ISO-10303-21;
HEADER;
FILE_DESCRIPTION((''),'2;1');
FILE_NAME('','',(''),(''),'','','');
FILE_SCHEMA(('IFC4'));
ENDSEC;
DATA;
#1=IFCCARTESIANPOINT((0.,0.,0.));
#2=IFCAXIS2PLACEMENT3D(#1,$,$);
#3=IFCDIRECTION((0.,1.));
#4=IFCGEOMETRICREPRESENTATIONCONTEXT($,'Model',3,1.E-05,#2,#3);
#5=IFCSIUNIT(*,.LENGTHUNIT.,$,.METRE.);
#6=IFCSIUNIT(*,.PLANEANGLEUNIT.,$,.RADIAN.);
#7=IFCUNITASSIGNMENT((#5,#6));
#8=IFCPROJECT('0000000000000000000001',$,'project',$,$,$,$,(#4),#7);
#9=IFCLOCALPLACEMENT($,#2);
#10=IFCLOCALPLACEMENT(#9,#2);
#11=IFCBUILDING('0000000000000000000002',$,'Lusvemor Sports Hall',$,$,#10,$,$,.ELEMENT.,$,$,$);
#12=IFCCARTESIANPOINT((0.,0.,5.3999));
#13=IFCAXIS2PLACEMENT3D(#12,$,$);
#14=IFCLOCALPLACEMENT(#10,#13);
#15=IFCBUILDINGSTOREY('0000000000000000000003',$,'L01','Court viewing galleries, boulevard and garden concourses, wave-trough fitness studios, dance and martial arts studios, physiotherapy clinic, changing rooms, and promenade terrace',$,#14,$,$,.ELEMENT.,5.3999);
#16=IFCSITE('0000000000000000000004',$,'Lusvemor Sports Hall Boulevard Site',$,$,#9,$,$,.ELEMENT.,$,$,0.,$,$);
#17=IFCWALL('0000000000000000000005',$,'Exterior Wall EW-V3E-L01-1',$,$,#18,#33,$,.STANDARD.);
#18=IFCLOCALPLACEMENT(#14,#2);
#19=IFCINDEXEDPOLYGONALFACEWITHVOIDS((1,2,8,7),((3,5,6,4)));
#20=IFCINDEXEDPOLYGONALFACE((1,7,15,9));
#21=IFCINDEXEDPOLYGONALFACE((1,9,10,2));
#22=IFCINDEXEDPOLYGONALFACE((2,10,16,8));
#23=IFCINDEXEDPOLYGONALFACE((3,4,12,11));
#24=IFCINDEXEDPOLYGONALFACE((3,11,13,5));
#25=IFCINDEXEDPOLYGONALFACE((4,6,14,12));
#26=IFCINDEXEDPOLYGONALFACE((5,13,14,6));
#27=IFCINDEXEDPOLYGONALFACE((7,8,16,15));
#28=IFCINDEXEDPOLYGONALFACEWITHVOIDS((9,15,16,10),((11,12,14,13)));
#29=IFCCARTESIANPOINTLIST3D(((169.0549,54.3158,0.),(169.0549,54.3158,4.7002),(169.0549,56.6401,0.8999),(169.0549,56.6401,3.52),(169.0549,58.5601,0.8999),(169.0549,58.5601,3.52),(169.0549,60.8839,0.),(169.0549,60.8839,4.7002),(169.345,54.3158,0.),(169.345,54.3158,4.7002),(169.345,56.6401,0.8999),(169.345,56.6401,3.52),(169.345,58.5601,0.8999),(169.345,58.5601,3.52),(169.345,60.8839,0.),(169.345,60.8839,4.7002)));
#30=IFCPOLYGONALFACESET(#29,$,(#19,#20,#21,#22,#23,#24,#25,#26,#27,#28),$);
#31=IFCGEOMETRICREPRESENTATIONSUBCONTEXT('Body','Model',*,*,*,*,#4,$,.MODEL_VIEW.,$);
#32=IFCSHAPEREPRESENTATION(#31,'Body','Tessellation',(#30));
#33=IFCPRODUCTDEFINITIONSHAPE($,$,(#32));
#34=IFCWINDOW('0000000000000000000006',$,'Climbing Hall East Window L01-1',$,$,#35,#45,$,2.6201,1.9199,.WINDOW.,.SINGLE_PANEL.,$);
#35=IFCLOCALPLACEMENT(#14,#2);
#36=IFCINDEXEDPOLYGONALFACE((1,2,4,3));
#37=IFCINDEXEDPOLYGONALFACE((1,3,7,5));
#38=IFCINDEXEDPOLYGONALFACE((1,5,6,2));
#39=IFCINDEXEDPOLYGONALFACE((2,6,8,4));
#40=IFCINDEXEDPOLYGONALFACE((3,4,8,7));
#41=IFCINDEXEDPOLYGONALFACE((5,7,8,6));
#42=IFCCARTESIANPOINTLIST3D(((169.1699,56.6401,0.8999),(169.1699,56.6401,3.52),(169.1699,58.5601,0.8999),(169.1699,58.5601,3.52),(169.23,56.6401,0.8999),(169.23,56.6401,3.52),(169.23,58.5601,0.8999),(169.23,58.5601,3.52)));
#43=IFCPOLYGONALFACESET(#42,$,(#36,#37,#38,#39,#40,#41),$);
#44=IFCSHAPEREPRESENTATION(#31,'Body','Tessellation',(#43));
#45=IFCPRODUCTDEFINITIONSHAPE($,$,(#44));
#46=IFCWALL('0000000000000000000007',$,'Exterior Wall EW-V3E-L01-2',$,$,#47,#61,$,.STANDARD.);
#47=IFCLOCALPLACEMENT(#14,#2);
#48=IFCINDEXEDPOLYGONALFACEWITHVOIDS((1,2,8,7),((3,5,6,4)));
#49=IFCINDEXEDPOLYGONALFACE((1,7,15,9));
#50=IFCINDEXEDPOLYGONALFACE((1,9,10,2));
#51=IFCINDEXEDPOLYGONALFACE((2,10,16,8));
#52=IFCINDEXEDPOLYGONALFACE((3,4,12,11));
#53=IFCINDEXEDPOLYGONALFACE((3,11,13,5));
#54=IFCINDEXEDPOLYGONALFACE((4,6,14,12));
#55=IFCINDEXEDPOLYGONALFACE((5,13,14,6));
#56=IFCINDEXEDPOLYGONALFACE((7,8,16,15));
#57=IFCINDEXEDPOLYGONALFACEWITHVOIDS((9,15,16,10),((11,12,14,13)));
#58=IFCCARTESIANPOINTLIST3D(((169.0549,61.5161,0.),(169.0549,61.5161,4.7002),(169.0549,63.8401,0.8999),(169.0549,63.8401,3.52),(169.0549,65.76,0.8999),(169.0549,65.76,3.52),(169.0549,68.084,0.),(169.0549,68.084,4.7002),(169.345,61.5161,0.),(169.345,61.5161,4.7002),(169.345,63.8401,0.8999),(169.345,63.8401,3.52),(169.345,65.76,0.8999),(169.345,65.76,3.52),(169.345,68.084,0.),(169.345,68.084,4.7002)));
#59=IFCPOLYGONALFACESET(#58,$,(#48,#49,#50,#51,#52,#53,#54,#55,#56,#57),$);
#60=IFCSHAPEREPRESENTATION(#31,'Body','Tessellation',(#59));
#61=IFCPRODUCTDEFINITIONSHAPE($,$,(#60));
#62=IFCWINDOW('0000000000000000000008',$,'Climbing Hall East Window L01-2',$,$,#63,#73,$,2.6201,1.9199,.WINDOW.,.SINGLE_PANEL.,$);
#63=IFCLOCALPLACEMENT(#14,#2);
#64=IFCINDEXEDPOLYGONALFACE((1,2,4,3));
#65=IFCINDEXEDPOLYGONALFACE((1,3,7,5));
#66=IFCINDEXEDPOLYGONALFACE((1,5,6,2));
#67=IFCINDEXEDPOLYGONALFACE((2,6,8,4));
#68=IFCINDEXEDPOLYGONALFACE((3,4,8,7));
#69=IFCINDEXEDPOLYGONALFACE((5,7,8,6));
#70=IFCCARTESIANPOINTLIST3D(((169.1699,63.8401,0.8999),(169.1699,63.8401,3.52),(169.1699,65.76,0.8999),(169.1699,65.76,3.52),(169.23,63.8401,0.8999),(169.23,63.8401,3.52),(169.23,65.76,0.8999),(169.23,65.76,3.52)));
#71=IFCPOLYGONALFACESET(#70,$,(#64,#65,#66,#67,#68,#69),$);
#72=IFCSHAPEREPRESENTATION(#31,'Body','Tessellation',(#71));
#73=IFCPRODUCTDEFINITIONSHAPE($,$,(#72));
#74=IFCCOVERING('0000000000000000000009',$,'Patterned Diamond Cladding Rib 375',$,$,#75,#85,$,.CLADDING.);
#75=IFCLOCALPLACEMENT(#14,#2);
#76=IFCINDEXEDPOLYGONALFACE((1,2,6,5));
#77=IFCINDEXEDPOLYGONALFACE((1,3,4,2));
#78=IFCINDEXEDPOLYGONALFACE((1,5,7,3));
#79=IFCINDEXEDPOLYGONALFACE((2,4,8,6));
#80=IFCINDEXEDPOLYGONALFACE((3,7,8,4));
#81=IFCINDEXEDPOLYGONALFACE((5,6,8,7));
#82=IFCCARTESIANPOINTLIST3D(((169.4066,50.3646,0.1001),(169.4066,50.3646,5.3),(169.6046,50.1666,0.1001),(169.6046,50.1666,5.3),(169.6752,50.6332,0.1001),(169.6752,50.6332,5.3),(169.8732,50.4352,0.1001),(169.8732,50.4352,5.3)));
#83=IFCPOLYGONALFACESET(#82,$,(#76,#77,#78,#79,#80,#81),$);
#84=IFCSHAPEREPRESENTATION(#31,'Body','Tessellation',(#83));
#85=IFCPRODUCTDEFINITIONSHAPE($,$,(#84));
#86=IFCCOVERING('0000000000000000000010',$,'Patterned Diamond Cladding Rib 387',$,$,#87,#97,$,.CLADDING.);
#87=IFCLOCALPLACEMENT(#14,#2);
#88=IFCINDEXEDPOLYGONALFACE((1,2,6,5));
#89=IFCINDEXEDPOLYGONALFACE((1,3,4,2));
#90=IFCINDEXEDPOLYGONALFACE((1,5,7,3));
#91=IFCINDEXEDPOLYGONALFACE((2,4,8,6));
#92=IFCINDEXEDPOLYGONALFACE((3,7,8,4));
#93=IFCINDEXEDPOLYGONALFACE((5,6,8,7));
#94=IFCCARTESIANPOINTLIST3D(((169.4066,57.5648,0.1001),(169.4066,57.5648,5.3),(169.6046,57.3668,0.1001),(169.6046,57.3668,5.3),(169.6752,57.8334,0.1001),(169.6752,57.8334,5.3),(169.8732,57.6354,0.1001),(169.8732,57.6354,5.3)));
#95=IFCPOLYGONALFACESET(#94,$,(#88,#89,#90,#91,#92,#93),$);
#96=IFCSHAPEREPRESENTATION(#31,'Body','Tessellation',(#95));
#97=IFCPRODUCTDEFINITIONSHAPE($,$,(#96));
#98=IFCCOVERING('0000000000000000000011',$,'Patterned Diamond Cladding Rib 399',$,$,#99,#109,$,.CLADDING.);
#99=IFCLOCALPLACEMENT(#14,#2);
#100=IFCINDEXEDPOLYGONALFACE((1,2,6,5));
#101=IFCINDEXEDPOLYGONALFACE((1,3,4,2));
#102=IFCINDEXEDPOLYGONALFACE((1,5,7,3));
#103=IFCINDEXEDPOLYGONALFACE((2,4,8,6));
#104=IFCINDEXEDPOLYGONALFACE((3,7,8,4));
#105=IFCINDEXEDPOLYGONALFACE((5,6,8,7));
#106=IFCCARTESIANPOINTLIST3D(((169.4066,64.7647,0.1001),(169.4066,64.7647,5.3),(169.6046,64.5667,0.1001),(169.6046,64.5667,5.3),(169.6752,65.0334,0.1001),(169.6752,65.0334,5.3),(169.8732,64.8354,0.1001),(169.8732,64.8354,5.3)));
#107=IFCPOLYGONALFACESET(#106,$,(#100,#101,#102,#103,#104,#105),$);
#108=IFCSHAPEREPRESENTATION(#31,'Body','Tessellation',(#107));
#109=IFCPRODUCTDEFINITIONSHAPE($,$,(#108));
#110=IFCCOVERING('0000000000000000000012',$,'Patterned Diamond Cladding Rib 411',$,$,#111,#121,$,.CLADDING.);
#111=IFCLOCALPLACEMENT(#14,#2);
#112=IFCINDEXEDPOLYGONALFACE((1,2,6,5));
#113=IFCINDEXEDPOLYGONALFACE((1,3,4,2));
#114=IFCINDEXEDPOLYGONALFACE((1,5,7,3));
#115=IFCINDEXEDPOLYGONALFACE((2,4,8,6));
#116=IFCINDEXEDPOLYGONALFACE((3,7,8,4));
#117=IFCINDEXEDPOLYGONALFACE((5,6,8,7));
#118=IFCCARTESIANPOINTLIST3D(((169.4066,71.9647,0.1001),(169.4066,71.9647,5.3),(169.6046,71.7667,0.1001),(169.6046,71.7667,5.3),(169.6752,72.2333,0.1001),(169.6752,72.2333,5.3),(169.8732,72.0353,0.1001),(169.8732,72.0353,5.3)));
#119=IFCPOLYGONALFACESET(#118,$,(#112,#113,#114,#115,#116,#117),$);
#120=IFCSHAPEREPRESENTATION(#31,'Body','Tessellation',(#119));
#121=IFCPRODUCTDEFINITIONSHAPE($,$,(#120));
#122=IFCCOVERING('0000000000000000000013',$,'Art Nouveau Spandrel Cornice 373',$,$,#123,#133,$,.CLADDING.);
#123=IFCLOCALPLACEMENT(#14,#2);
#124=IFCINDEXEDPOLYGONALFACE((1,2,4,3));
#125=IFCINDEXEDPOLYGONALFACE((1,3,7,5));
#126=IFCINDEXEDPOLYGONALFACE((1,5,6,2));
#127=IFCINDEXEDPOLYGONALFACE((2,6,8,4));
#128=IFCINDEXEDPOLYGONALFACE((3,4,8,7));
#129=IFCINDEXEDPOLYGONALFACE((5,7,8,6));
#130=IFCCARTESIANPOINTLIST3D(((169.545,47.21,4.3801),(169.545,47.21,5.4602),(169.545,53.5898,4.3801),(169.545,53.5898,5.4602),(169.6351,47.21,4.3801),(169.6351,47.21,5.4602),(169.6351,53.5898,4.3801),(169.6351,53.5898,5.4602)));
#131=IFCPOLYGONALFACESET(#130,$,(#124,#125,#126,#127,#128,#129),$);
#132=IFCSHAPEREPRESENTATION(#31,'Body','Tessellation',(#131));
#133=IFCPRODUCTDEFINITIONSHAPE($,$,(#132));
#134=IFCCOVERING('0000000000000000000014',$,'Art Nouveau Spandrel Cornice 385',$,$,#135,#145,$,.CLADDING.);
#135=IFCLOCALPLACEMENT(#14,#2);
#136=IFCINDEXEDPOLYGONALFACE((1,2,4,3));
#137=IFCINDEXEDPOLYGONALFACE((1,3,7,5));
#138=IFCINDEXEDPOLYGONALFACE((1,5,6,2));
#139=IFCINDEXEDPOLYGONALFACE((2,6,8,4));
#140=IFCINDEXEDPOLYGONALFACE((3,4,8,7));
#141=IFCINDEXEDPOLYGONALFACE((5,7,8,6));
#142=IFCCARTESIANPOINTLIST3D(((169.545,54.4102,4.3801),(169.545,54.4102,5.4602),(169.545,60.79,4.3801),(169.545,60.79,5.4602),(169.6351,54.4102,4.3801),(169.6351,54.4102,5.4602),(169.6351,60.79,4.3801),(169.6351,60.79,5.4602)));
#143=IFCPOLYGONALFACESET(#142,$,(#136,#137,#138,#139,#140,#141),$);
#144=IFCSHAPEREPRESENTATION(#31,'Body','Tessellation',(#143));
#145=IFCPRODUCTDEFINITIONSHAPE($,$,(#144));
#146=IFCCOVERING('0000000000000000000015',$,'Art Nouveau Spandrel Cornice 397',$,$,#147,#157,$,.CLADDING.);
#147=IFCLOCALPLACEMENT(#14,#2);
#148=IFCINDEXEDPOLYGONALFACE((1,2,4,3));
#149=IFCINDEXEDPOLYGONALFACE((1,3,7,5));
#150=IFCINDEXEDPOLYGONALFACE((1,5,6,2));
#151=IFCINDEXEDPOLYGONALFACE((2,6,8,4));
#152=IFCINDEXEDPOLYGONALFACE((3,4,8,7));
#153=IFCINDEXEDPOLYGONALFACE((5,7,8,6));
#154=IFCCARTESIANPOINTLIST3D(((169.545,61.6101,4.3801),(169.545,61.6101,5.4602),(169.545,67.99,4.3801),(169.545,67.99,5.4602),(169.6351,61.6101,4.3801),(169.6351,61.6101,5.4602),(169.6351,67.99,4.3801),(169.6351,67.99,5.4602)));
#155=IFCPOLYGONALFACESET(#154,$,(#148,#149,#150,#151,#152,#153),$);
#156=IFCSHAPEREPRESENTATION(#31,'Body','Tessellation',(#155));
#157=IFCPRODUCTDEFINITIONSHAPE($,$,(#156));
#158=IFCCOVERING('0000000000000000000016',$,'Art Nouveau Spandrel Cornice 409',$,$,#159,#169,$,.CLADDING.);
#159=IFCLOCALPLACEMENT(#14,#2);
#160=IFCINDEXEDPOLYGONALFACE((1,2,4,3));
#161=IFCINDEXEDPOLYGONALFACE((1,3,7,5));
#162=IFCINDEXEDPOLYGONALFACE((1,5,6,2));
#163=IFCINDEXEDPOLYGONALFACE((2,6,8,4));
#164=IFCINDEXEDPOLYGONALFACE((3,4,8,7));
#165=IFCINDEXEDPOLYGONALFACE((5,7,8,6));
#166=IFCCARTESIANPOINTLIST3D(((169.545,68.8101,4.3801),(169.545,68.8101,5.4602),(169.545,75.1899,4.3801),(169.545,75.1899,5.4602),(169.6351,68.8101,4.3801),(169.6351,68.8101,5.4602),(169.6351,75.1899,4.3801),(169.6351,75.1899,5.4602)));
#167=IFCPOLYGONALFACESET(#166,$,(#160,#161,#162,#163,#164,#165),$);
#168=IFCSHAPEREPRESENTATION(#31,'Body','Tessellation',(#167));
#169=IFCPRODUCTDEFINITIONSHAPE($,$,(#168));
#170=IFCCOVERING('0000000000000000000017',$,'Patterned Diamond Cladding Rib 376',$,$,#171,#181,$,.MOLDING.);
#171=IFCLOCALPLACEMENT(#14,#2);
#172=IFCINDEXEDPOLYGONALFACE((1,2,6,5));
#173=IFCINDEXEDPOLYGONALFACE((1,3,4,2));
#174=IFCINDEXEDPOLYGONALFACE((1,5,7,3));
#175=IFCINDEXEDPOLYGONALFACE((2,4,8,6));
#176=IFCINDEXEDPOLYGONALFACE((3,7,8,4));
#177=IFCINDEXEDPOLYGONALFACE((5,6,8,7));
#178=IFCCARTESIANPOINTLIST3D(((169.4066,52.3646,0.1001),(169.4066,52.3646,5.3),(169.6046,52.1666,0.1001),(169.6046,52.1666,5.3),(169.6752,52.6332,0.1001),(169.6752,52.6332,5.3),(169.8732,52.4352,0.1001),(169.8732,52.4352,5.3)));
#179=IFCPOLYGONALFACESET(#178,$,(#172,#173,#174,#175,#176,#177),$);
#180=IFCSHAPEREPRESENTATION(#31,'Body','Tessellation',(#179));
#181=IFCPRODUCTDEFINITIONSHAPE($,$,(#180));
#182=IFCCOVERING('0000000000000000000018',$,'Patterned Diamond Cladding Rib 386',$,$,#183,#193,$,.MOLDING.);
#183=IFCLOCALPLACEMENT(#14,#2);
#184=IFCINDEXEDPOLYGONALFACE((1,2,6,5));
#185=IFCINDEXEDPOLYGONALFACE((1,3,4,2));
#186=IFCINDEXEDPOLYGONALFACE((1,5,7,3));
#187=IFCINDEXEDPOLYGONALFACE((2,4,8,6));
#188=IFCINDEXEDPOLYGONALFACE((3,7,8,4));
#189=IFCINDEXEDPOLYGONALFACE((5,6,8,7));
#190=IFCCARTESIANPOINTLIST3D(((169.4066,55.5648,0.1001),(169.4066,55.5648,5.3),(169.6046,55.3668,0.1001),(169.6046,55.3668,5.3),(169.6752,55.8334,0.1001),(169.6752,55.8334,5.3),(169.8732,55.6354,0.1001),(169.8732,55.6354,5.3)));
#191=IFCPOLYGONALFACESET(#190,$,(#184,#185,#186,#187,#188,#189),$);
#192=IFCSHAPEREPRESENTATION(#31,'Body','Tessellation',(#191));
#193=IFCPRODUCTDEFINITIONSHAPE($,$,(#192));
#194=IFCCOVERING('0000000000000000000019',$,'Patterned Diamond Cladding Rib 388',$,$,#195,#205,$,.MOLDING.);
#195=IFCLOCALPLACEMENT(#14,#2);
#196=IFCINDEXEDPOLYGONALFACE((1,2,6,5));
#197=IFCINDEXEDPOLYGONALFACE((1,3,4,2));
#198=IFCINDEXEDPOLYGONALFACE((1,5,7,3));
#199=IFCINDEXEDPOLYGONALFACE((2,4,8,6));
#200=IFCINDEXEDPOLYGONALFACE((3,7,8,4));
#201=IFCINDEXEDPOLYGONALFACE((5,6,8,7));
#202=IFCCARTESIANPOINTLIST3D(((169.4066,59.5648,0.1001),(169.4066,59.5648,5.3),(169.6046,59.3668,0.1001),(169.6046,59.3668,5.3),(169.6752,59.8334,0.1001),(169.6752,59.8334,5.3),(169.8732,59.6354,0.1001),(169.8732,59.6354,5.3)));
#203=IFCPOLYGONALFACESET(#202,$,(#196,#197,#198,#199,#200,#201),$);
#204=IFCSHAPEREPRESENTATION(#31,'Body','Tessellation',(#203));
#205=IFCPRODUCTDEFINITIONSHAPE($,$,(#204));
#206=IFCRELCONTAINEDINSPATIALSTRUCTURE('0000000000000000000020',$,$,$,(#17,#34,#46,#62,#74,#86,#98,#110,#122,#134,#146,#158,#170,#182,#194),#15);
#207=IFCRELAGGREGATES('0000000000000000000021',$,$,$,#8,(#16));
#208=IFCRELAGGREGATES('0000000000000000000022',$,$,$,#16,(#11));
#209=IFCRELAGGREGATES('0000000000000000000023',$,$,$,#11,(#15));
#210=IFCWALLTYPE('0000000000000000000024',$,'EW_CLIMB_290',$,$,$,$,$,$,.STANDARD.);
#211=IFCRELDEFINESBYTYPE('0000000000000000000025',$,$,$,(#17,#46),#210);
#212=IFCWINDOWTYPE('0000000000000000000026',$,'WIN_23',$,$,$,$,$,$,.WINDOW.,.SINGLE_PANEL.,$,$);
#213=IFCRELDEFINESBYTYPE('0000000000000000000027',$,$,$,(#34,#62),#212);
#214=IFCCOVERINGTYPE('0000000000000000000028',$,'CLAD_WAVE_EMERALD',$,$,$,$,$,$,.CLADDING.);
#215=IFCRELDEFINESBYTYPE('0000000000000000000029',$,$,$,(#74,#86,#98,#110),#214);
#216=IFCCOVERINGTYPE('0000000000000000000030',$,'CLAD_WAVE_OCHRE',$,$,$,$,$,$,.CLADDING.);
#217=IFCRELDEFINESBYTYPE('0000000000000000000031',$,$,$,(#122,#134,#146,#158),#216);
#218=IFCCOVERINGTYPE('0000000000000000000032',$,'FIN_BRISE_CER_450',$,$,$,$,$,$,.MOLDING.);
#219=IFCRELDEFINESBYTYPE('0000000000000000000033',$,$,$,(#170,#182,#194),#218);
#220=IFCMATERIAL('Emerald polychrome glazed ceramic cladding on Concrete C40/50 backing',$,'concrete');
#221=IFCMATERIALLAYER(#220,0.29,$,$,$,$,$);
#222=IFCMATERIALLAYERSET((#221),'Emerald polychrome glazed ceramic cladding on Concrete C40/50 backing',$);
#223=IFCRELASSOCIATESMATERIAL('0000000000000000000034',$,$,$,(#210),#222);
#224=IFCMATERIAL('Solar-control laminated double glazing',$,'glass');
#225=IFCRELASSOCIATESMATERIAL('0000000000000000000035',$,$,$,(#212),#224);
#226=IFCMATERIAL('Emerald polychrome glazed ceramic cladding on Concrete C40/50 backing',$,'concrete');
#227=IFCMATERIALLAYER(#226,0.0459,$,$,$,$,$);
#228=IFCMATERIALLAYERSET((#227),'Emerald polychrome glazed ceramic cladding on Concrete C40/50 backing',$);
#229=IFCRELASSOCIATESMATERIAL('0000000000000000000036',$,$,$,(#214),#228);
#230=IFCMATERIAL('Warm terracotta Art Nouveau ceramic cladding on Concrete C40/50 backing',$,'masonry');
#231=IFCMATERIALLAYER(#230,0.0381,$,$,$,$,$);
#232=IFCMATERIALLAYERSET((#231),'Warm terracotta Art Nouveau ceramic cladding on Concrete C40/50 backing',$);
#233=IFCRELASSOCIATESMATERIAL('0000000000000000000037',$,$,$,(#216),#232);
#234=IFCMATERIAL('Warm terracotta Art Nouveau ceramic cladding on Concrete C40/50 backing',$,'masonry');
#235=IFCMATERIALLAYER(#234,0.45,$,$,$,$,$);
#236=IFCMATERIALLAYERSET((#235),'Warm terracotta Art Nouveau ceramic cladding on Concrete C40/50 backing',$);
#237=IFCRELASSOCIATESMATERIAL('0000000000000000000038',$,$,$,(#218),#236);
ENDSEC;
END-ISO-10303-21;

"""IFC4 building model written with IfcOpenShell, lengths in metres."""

from ifc_helpers import new_model, si_unit, direction, frame, frame_2d, origin, origin_2d, place, context, subcontext, project, spatial, rectangle, extrude, material, layer, layer_set, type_object, element, fill, save


model = new_model("IFC4")

# Units and contexts
model_context = context("Model", 3, precision=1e-05, world=origin(), true_north=direction((0.0, 1.0)))
body_context = subcontext(model_context, "Body", "Model", "MODEL_VIEW")
ifc_project = project(units=[si_unit("LENGTHUNIT", "METRE"), si_unit("PLANEANGLEUNIT", "RADIAN")], contexts=[model_context])

# Site, building, storey
site_placement = place(None, origin())
site = spatial("IfcSite", under=ifc_project, at=site_placement, Name="Lusvemor Sports Hall Boulevard Site", CompositionType="ELEMENT", RefElevation=0.0)
building_placement = place(site_placement, origin())
building = spatial("IfcBuilding", under=site, at=building_placement, Name="Lusvemor Sports Hall", CompositionType="ELEMENT")
storey_placement = place(building_placement, frame((0.0, 0.0, 5.3999)))
storey = spatial("IfcBuildingStorey", under=building, at=storey_placement, Name="L01", Description="Court viewing galleries, boulevard and garden concourses, wave-trough fitness studios, dance and martial arts studios, physiotherapy clinic, changing rooms, and promenade terrace", CompositionType="ELEMENT", Elevation=5.3999)

# Walls, openings, windows
ifc_material_1 = material(Name="Emerald polychrome glazed ceramic cladding on Concrete C40/50 backing", Category="concrete")
ifc_layer_1 = layer(ifc_material_1, 0.29)
ifc_layer_set_1 = layer_set([ifc_layer_1], Name="Emerald polychrome glazed ceramic cladding on Concrete C40/50 backing")
wall_type = type_object("IfcWallType", Name="EW_CLIMB_290", PredefinedType="STANDARD", material=ifc_layer_set_1)
ifc_material_2 = material(Name="Solar-control laminated double glazing", Category="glass")
window_type = type_object("IfcWindowType", Name="WIN_23", PartitioningType="SINGLE_PANEL", PredefinedType="WINDOW", material=ifc_material_2)
wall_1_placement = place(storey_placement, frame((169.2, 60.884, 0.0), z_axis=(0.0, 0.0, 1.0), x_axis=(0.0, -1.0, 0.0)))
wall_1 = element("IfcWall", 1, at=wall_1_placement, inside=storey, type_object=wall_type, Name="Exterior Wall EW-V3E-L01-1", PredefinedType="STANDARD", context=body_context, shape_type="SweptSolid", body=[
    extrude(rectangle(XDim=6.5681, YDim=0.29, at=frame_2d((3.2842, 0.0))), origin(), (0.0, 0.0, 1.0), 4.7002),
])
opening_1_placement = place(wall_1_placement, frame((2.324, 0.0, 0.8999)))
opening_1 = element("IfcOpeningElement", 2, at=opening_1_placement, cuts=wall_1, PredefinedType="OPENING", context=body_context, shape_type="SweptSolid", body=[
    extrude(rectangle(XDim=1.9199, YDim=2.6201, at=frame_2d((0.96, 1.3101))), frame((0.0, 0.145, 0.0), z_axis=(0.0, -1.0, 0.0), x_axis=(1.0, 0.0, 0.0)), (0.0, 0.0, 1.0), 0.29),
])
window_1_placement = place(opening_1_placement, origin())
window_1 = element("IfcWindow", 3, at=window_1_placement, inside=storey, type_object=window_type, Name="Climbing Hall East Window L01-1", OverallHeight=2.6201, OverallWidth=1.9199, PartitioningType="SINGLE_PANEL", PredefinedType="WINDOW", context=body_context, shape_type="SweptSolid", body=[
    extrude(rectangle(XDim=1.9199, YDim=2.6201, at=frame_2d((0.96, 1.3101))), frame((0.0, 0.03, 0.0), z_axis=(0.0, -1.0, 0.0), x_axis=(1.0, 0.0, 0.0)), (0.0, 0.0, 1.0), 0.0601),
])
fill(opening_1, window_1)
wall_2_placement = place(storey_placement, frame((169.2, 68.084, 0.0), z_axis=(0.0, 0.0, 1.0), x_axis=(0.0, -1.0, 0.0)))
wall_2 = element("IfcWall", 4, at=wall_2_placement, inside=storey, type_object=wall_type, Name="Exterior Wall EW-V3E-L01-2", PredefinedType="STANDARD", context=body_context, shape_type="SweptSolid", body=[
    extrude(rectangle(XDim=6.5679, YDim=0.29, at=frame_2d((3.2839, 0.0))), origin(), (0.0, 0.0, 1.0), 4.7002),
])
opening_2_placement = place(wall_2_placement, frame((2.324, 0.0, 0.8999)))
opening_2 = element("IfcOpeningElement", 5, at=opening_2_placement, cuts=wall_2, PredefinedType="OPENING", context=body_context, shape_type="SweptSolid", body=[
    extrude(rectangle(XDim=1.9199, YDim=2.6201, at=frame_2d((0.96, 1.3101))), frame((0.0, 0.145, 0.0), z_axis=(0.0, -1.0, 0.0), x_axis=(1.0, 0.0, 0.0)), (0.0, 0.0, 1.0), 0.29),
])
window_2_placement = place(opening_2_placement, origin())
window_2 = element("IfcWindow", 6, at=window_2_placement, inside=storey, type_object=window_type, Name="Climbing Hall East Window L01-2", OverallHeight=2.6201, OverallWidth=1.9199, PartitioningType="SINGLE_PANEL", PredefinedType="WINDOW", context=body_context, shape_type="SweptSolid", body=[
    extrude(rectangle(XDim=1.9199, YDim=2.6201, at=frame_2d((0.96, 1.3101))), frame((0.0, 0.03, 0.0), z_axis=(0.0, -1.0, 0.0), x_axis=(1.0, 0.0, 0.0)), (0.0, 0.0, 1.0), 0.0601),
])
fill(opening_2, window_2)

# Coverings
ifc_material_3 = material(Name="Emerald polychrome glazed ceramic cladding on Concrete C40/50 backing", Category="concrete")
ifc_layer_2 = layer(ifc_material_3, 0.0459)
ifc_layer_set_2 = layer_set([ifc_layer_2], Name="Emerald polychrome glazed ceramic cladding on Concrete C40/50 backing")
covering_type_1 = type_object("IfcCoveringType", Name="CLAD_WAVE_EMERALD", PredefinedType="CLADDING", material=ifc_layer_set_2)
for number, where, z_axis, x_axis, name in (
    (7, (169.6399, 50.3999, 0.1001), (0.0, 0.0, 1.0), (0.707107, 0.707107, 0.0), "Patterned Diamond Cladding Rib 375"),
    (8, (169.6399, 57.6001, 0.1001), (0.0, 0.0, 1.0), (0.707107, 0.707107, 0.0), "Patterned Diamond Cladding Rib 387"),
    (9, (169.6399, 64.8, 0.1001), (0.0, 0.0, 1.0), (0.707107, 0.707107, 0.0), "Patterned Diamond Cladding Rib 399"),
    (10, (169.6399, 72.0, 0.1001), (0.0, 0.0, 1.0), (0.707107, 0.707107, 0.0), "Patterned Diamond Cladding Rib 411"),
):
    element("IfcCovering", number, at=place(storey_placement, frame(where, z_axis=z_axis, x_axis=x_axis)), inside=storey, type_object=covering_type_1, Name=name, PredefinedType="CLADDING", context=body_context, shape_type="SweptSolid", body=[
        extrude(rectangle(XDim=0.3799, YDim=0.28, at=origin_2d()), origin(), (0.0, 0.0, 1.0), 5.2),
    ])
ifc_material_4 = material(Name="Warm terracotta Art Nouveau ceramic cladding on Concrete C40/50 backing", Category="masonry")
ifc_layer_3 = layer(ifc_material_4, 0.0381)
ifc_layer_set_3 = layer_set([ifc_layer_3], Name="Warm terracotta Art Nouveau ceramic cladding on Concrete C40/50 backing")
covering_type_2 = type_object("IfcCoveringType", Name="CLAD_WAVE_OCHRE", PredefinedType="CLADDING", material=ifc_layer_set_3)
for number, where, z_axis, x_axis, name in (
    (11, (169.5901, 50.3999, 4.3801), (0.0, 0.0, 1.0), (1.0, 0.0, 0.0), "Art Nouveau Spandrel Cornice 373"),
    (12, (169.5901, 57.6001, 4.3801), (0.0, 0.0, 1.0), (1.0, 0.0, 0.0), "Art Nouveau Spandrel Cornice 385"),
    (13, (169.5901, 64.8, 4.3801), (0.0, 0.0, 1.0), (1.0, 0.0, 0.0), "Art Nouveau Spandrel Cornice 397"),
    (14, (169.5901, 72.0, 4.3801), (0.0, 0.0, 1.0), (1.0, 0.0, 0.0), "Art Nouveau Spandrel Cornice 409"),
):
    element("IfcCovering", number, at=place(storey_placement, frame(where, z_axis=z_axis, x_axis=x_axis)), inside=storey, type_object=covering_type_2, Name=name, PredefinedType="CLADDING", context=body_context, shape_type="SweptSolid", body=[
        extrude(rectangle(XDim=0.0901, YDim=6.3799, at=origin_2d()), origin(), (0.0, 0.0, 1.0), 1.0801),
    ])
ifc_material_5 = material(Name="Warm terracotta Art Nouveau ceramic cladding on Concrete C40/50 backing", Category="masonry")
ifc_layer_4 = layer(ifc_material_5, 0.45)
ifc_layer_set_4 = layer_set([ifc_layer_4], Name="Warm terracotta Art Nouveau ceramic cladding on Concrete C40/50 backing")
covering_type_3 = type_object("IfcCoveringType", Name="FIN_BRISE_CER_450", PredefinedType="MOLDING", material=ifc_layer_set_4)
for number, where, z_axis, x_axis, name in (
    (15, (169.6399, 52.3999, 0.1001), (0.0, 0.0, 1.0), (0.707107, 0.707107, 0.0), "Patterned Diamond Cladding Rib 376"),
    (16, (169.6399, 55.6001, 0.1001), (0.0, 0.0, 1.0), (0.707107, 0.707107, 0.0), "Patterned Diamond Cladding Rib 386"),
    (17, (169.6399, 59.6001, 0.1001), (0.0, 0.0, 1.0), (0.707107, 0.707107, 0.0), "Patterned Diamond Cladding Rib 388"),
):
    element("IfcCovering", number, at=place(storey_placement, frame(where, z_axis=z_axis, x_axis=x_axis)), inside=storey, type_object=covering_type_3, Name=name, PredefinedType="MOLDING", context=body_context, shape_type="SweptSolid", body=[
        extrude(rectangle(XDim=0.3799, YDim=0.28, at=origin_2d()), origin(), (0.0, 0.0, 1.0), 5.2),
    ])

save(model, "model.ifc")
